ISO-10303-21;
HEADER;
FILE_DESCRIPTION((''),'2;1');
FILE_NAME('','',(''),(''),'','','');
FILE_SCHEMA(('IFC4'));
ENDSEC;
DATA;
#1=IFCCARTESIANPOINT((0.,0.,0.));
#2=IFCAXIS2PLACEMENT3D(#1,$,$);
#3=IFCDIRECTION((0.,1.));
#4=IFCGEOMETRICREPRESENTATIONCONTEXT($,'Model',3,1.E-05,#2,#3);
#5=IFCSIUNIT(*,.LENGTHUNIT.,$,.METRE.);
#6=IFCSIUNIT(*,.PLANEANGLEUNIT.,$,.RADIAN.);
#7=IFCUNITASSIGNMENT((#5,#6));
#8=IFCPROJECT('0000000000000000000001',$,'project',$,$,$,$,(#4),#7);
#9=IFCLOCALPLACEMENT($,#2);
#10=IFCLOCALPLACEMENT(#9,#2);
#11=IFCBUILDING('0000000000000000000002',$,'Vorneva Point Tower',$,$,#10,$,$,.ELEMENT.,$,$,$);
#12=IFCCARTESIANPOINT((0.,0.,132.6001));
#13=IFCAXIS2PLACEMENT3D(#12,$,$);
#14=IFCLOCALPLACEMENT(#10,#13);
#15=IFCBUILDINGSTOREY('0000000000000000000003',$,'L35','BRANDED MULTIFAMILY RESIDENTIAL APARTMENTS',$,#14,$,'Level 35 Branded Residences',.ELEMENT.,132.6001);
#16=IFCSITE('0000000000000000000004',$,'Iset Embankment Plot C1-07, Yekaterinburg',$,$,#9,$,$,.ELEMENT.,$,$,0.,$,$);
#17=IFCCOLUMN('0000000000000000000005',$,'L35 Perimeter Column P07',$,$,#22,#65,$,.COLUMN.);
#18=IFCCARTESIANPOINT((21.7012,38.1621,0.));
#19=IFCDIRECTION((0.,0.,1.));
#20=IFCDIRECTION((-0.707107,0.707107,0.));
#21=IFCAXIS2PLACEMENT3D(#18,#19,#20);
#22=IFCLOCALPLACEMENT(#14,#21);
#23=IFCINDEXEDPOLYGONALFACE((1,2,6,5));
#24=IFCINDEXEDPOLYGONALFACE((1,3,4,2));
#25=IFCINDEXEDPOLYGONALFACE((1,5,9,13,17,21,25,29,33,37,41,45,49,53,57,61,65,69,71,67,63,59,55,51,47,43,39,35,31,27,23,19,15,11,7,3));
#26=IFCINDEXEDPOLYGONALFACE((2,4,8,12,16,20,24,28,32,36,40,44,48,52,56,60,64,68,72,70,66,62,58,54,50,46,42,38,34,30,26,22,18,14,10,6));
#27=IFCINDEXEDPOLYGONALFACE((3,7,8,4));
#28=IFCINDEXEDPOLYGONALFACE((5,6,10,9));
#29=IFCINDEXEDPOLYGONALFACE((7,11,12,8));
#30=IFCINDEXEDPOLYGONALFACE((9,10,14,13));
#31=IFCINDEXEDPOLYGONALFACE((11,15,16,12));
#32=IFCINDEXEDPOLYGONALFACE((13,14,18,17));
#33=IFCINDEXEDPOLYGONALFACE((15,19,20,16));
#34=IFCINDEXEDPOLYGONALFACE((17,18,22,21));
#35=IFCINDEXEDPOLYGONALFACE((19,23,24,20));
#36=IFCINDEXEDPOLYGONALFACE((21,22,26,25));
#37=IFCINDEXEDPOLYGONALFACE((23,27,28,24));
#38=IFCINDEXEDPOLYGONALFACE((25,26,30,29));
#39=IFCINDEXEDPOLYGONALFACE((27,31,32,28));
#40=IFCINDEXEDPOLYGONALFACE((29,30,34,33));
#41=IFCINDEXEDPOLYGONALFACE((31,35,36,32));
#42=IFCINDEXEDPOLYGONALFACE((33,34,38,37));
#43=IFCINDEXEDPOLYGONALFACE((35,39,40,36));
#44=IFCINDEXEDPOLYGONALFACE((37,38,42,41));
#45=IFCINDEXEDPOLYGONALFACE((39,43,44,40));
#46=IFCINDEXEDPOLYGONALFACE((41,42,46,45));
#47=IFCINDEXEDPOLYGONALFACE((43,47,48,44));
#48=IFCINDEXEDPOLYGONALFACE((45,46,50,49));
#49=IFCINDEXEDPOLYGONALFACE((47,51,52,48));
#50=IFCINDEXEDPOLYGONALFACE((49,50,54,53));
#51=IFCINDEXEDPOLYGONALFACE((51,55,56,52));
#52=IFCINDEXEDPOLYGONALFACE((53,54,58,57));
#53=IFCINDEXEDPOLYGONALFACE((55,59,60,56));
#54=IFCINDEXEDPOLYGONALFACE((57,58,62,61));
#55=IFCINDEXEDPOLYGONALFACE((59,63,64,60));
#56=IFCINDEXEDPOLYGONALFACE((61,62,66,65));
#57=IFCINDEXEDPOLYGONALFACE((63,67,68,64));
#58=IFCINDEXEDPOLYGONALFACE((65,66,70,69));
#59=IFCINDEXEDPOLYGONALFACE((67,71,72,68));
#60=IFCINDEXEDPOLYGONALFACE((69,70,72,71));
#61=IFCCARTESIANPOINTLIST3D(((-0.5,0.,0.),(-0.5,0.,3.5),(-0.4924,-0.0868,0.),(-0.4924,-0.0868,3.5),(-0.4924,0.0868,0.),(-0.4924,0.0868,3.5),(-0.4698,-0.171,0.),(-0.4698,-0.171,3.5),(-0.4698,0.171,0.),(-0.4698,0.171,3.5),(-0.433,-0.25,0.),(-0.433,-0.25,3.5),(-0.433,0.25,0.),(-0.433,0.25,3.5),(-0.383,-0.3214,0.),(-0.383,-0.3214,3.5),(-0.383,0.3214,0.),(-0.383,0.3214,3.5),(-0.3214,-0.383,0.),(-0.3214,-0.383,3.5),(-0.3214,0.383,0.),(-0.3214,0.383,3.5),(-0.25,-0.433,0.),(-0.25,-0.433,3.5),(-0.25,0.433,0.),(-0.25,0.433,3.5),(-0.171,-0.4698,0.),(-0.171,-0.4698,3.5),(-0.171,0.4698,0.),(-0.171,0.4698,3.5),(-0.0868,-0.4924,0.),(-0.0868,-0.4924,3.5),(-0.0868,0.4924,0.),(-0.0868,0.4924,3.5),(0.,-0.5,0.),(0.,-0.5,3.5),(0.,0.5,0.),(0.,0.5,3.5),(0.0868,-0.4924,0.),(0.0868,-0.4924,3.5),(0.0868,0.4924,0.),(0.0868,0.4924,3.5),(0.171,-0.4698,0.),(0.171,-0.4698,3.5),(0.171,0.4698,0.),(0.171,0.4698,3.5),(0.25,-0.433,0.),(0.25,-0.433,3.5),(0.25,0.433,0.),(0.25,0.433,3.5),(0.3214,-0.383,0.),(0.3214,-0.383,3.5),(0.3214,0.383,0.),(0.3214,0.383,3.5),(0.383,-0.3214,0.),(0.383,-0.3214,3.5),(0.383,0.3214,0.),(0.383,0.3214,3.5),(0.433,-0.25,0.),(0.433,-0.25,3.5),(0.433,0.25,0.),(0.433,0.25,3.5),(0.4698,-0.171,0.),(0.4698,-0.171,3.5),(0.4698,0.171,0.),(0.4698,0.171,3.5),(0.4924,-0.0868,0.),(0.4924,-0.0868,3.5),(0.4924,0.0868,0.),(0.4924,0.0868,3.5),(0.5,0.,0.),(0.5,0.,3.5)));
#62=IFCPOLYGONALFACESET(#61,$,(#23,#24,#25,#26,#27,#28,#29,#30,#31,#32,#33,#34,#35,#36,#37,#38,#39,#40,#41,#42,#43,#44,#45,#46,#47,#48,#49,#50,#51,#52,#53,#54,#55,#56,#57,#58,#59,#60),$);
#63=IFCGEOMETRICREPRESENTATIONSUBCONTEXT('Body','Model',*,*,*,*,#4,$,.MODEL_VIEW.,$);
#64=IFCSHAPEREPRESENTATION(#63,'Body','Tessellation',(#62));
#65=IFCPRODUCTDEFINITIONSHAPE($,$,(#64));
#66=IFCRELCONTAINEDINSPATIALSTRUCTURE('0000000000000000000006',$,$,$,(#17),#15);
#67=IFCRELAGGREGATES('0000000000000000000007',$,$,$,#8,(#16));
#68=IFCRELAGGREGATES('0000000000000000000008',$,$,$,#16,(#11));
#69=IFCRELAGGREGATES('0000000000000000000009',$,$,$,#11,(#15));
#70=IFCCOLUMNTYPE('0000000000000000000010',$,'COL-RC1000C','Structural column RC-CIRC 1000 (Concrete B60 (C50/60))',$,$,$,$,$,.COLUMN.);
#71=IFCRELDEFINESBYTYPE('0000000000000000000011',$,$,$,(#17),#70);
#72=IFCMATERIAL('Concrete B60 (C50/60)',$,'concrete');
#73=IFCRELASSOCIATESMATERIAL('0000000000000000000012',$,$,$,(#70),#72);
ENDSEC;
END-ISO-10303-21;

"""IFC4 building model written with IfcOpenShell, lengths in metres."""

from ifc_helpers import new_model, si_unit, direction, frame, origin, origin_2d, place, context, subcontext, project, spatial, circle, extrude, material, material_profile, profile_set, type_object, element, save


model = new_model("IFC4")

# Units and contexts
model_context = context("Model", 3, precision=1e-05, world=origin(), true_north=direction((0.0, 1.0)))
body_context = subcontext(model_context, "Body", "Model", "MODEL_VIEW")
ifc_project = project(units=[si_unit("LENGTHUNIT", "METRE"), si_unit("PLANEANGLEUNIT", "RADIAN")], contexts=[model_context])

# Site, building, storey
site_placement = place(None, origin())
site = spatial("IfcSite", under=ifc_project, at=site_placement, Name="Iset Embankment Plot C1-07, Yekaterinburg", CompositionType="ELEMENT", RefElevation=0.0)
building_placement = place(site_placement, origin())
building = spatial("IfcBuilding", under=site, at=building_placement, Name="Vorneva Point Tower", CompositionType="ELEMENT")
storey_placement = place(building_placement, frame((0.0, 0.0, 132.6001)))
storey = spatial("IfcBuildingStorey", under=building, at=storey_placement, Name="L35", Description="BRANDED MULTIFAMILY RESIDENTIAL APARTMENTS", LongName="Level 35 Branded Residences", CompositionType="ELEMENT", Elevation=132.6001)

# Column
ifc_material_1 = material(Name="Concrete B60 (C50/60)", Category="concrete")
ifc_material_profile_1 = material_profile(ifc_material_1, circle(Radius=0.5, at=origin_2d()), Name="RC-CIRC 1000")
ifc_profile_set_1 = profile_set([ifc_material_profile_1], Name="Concrete B60 (C50/60)")
column_type_1 = type_object("IfcColumnType", Name="COL-RC1000C", Description="Structural column RC-CIRC 1000 (Concrete B60 (C50/60))", PredefinedType="COLUMN", material=ifc_profile_set_1)
for number, where, z_axis, x_axis, name in (
    (1, (21.7012, 38.1621, 0.0), (0.0, 0.0, 1.0), (-0.707107, 0.707107, 0.0), "L35 Perimeter Column P07"),
):
    element("IfcColumn", number, at=place(storey_placement, frame(where, z_axis=z_axis, x_axis=x_axis)), inside=storey, type_object=column_type_1, Name=name, PredefinedType="COLUMN", context=body_context, shape_type="SweptSolid", body=[
        extrude(circle(Radius=0.5, at=origin_2d()), origin(), (0.0, 0.0, 1.0), 3.5),
    ])

save(model, "model.ifc")
